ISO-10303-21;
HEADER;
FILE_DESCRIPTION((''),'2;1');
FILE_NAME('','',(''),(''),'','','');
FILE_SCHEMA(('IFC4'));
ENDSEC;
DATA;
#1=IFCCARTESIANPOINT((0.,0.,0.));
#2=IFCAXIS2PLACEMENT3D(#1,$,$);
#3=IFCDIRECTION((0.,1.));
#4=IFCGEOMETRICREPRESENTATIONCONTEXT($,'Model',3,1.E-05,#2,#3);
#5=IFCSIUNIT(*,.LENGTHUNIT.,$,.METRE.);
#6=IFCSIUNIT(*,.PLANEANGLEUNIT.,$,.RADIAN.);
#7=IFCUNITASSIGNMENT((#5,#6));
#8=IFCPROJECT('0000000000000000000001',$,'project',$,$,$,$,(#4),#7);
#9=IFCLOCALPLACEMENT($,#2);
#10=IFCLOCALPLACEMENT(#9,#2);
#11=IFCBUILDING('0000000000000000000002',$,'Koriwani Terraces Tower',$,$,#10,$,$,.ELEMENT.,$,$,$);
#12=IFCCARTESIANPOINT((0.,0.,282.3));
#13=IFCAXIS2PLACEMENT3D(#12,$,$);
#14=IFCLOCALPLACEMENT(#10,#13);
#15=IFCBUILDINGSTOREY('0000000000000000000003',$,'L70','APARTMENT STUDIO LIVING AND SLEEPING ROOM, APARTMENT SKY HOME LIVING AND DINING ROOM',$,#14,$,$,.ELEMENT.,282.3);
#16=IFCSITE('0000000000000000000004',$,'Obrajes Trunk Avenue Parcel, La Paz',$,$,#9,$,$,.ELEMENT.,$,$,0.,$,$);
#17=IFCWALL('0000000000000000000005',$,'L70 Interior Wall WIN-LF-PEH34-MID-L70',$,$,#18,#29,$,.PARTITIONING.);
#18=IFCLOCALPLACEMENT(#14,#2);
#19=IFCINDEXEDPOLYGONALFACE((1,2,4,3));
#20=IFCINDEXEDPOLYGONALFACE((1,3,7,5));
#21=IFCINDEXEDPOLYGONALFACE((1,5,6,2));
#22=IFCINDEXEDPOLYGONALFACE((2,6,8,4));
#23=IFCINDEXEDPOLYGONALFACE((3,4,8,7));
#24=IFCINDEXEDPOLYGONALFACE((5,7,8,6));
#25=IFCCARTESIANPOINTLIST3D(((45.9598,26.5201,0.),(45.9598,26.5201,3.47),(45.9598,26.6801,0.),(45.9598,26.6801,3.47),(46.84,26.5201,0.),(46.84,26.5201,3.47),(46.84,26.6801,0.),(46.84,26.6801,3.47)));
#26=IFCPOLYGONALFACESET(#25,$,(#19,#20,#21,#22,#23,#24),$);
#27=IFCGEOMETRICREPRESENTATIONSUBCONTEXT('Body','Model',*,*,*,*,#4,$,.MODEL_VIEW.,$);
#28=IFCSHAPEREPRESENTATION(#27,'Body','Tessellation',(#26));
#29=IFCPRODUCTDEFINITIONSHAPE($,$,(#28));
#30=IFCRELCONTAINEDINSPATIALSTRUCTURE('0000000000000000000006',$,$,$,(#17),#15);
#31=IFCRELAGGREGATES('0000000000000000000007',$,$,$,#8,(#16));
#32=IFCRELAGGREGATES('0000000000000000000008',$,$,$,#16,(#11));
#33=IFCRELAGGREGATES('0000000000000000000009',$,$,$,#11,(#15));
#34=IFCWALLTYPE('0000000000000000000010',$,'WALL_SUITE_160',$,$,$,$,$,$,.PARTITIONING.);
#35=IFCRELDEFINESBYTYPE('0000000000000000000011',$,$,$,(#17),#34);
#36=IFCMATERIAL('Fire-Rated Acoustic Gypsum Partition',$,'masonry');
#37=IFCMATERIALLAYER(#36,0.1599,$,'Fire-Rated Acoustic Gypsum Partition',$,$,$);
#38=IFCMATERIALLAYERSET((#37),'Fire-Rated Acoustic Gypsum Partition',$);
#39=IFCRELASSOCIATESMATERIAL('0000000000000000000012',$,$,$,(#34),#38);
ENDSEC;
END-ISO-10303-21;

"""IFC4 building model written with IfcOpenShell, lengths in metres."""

from ifc_helpers import new_model, si_unit, direction, frame, frame_2d, origin, place, context, subcontext, project, spatial, rectangle, extrude, material, layer, layer_set, type_object, element, save


model = new_model("IFC4")

# Units and contexts
model_context = context("Model", 3, precision=1e-05, world=origin(), true_north=direction((0.0, 1.0)))
body_context = subcontext(model_context, "Body", "Model", "MODEL_VIEW")
ifc_project = project(units=[si_unit("LENGTHUNIT", "METRE"), si_unit("PLANEANGLEUNIT", "RADIAN")], contexts=[model_context])

# Site, building, storey
site_placement = place(None, origin())
site = spatial("IfcSite", under=ifc_project, at=site_placement, Name="Obrajes Trunk Avenue Parcel, La Paz", CompositionType="ELEMENT", RefElevation=0.0)
building_placement = place(site_placement, origin())
building = spatial("IfcBuilding", under=site, at=building_placement, Name="Koriwani Terraces Tower", CompositionType="ELEMENT")
storey_placement = place(building_placement, frame((0.0, 0.0, 282.3)))
storey = spatial("IfcBuildingStorey", under=building, at=storey_placement, Name="L70", Description="APARTMENT STUDIO LIVING AND SLEEPING ROOM, APARTMENT SKY HOME LIVING AND DINING ROOM", CompositionType="ELEMENT", Elevation=282.3)

# Wall
ifc_material_1 = material(Name="Fire-Rated Acoustic Gypsum Partition", Category="masonry")
ifc_layer_1 = layer(ifc_material_1, 0.1599, Name="Fire-Rated Acoustic Gypsum Partition")
ifc_layer_set_1 = layer_set([ifc_layer_1], Name="Fire-Rated Acoustic Gypsum Partition")
wall_type_1 = type_object("IfcWallType", Name="WALL_SUITE_160", PredefinedType="PARTITIONING", material=ifc_layer_set_1)
wall_1_placement = place(storey_placement, frame((45.96, 26.6001, 0.0), z_axis=(0.0, 0.0, 1.0), x_axis=(1.0, 0.0, 0.0)))
element("IfcWall", 1, at=wall_1_placement, inside=storey, type_object=wall_type_1, Name="L70 Interior Wall WIN-LF-PEH34-MID-L70", PredefinedType="PARTITIONING", context=body_context, shape_type="SweptSolid", body=[
    extrude(rectangle(XDim=0.8801, YDim=0.1599, at=frame_2d((0.4399, 0.0))), origin(), (0.0, 0.0, 1.0), 3.47),
])

save(model, "model.ifc")
